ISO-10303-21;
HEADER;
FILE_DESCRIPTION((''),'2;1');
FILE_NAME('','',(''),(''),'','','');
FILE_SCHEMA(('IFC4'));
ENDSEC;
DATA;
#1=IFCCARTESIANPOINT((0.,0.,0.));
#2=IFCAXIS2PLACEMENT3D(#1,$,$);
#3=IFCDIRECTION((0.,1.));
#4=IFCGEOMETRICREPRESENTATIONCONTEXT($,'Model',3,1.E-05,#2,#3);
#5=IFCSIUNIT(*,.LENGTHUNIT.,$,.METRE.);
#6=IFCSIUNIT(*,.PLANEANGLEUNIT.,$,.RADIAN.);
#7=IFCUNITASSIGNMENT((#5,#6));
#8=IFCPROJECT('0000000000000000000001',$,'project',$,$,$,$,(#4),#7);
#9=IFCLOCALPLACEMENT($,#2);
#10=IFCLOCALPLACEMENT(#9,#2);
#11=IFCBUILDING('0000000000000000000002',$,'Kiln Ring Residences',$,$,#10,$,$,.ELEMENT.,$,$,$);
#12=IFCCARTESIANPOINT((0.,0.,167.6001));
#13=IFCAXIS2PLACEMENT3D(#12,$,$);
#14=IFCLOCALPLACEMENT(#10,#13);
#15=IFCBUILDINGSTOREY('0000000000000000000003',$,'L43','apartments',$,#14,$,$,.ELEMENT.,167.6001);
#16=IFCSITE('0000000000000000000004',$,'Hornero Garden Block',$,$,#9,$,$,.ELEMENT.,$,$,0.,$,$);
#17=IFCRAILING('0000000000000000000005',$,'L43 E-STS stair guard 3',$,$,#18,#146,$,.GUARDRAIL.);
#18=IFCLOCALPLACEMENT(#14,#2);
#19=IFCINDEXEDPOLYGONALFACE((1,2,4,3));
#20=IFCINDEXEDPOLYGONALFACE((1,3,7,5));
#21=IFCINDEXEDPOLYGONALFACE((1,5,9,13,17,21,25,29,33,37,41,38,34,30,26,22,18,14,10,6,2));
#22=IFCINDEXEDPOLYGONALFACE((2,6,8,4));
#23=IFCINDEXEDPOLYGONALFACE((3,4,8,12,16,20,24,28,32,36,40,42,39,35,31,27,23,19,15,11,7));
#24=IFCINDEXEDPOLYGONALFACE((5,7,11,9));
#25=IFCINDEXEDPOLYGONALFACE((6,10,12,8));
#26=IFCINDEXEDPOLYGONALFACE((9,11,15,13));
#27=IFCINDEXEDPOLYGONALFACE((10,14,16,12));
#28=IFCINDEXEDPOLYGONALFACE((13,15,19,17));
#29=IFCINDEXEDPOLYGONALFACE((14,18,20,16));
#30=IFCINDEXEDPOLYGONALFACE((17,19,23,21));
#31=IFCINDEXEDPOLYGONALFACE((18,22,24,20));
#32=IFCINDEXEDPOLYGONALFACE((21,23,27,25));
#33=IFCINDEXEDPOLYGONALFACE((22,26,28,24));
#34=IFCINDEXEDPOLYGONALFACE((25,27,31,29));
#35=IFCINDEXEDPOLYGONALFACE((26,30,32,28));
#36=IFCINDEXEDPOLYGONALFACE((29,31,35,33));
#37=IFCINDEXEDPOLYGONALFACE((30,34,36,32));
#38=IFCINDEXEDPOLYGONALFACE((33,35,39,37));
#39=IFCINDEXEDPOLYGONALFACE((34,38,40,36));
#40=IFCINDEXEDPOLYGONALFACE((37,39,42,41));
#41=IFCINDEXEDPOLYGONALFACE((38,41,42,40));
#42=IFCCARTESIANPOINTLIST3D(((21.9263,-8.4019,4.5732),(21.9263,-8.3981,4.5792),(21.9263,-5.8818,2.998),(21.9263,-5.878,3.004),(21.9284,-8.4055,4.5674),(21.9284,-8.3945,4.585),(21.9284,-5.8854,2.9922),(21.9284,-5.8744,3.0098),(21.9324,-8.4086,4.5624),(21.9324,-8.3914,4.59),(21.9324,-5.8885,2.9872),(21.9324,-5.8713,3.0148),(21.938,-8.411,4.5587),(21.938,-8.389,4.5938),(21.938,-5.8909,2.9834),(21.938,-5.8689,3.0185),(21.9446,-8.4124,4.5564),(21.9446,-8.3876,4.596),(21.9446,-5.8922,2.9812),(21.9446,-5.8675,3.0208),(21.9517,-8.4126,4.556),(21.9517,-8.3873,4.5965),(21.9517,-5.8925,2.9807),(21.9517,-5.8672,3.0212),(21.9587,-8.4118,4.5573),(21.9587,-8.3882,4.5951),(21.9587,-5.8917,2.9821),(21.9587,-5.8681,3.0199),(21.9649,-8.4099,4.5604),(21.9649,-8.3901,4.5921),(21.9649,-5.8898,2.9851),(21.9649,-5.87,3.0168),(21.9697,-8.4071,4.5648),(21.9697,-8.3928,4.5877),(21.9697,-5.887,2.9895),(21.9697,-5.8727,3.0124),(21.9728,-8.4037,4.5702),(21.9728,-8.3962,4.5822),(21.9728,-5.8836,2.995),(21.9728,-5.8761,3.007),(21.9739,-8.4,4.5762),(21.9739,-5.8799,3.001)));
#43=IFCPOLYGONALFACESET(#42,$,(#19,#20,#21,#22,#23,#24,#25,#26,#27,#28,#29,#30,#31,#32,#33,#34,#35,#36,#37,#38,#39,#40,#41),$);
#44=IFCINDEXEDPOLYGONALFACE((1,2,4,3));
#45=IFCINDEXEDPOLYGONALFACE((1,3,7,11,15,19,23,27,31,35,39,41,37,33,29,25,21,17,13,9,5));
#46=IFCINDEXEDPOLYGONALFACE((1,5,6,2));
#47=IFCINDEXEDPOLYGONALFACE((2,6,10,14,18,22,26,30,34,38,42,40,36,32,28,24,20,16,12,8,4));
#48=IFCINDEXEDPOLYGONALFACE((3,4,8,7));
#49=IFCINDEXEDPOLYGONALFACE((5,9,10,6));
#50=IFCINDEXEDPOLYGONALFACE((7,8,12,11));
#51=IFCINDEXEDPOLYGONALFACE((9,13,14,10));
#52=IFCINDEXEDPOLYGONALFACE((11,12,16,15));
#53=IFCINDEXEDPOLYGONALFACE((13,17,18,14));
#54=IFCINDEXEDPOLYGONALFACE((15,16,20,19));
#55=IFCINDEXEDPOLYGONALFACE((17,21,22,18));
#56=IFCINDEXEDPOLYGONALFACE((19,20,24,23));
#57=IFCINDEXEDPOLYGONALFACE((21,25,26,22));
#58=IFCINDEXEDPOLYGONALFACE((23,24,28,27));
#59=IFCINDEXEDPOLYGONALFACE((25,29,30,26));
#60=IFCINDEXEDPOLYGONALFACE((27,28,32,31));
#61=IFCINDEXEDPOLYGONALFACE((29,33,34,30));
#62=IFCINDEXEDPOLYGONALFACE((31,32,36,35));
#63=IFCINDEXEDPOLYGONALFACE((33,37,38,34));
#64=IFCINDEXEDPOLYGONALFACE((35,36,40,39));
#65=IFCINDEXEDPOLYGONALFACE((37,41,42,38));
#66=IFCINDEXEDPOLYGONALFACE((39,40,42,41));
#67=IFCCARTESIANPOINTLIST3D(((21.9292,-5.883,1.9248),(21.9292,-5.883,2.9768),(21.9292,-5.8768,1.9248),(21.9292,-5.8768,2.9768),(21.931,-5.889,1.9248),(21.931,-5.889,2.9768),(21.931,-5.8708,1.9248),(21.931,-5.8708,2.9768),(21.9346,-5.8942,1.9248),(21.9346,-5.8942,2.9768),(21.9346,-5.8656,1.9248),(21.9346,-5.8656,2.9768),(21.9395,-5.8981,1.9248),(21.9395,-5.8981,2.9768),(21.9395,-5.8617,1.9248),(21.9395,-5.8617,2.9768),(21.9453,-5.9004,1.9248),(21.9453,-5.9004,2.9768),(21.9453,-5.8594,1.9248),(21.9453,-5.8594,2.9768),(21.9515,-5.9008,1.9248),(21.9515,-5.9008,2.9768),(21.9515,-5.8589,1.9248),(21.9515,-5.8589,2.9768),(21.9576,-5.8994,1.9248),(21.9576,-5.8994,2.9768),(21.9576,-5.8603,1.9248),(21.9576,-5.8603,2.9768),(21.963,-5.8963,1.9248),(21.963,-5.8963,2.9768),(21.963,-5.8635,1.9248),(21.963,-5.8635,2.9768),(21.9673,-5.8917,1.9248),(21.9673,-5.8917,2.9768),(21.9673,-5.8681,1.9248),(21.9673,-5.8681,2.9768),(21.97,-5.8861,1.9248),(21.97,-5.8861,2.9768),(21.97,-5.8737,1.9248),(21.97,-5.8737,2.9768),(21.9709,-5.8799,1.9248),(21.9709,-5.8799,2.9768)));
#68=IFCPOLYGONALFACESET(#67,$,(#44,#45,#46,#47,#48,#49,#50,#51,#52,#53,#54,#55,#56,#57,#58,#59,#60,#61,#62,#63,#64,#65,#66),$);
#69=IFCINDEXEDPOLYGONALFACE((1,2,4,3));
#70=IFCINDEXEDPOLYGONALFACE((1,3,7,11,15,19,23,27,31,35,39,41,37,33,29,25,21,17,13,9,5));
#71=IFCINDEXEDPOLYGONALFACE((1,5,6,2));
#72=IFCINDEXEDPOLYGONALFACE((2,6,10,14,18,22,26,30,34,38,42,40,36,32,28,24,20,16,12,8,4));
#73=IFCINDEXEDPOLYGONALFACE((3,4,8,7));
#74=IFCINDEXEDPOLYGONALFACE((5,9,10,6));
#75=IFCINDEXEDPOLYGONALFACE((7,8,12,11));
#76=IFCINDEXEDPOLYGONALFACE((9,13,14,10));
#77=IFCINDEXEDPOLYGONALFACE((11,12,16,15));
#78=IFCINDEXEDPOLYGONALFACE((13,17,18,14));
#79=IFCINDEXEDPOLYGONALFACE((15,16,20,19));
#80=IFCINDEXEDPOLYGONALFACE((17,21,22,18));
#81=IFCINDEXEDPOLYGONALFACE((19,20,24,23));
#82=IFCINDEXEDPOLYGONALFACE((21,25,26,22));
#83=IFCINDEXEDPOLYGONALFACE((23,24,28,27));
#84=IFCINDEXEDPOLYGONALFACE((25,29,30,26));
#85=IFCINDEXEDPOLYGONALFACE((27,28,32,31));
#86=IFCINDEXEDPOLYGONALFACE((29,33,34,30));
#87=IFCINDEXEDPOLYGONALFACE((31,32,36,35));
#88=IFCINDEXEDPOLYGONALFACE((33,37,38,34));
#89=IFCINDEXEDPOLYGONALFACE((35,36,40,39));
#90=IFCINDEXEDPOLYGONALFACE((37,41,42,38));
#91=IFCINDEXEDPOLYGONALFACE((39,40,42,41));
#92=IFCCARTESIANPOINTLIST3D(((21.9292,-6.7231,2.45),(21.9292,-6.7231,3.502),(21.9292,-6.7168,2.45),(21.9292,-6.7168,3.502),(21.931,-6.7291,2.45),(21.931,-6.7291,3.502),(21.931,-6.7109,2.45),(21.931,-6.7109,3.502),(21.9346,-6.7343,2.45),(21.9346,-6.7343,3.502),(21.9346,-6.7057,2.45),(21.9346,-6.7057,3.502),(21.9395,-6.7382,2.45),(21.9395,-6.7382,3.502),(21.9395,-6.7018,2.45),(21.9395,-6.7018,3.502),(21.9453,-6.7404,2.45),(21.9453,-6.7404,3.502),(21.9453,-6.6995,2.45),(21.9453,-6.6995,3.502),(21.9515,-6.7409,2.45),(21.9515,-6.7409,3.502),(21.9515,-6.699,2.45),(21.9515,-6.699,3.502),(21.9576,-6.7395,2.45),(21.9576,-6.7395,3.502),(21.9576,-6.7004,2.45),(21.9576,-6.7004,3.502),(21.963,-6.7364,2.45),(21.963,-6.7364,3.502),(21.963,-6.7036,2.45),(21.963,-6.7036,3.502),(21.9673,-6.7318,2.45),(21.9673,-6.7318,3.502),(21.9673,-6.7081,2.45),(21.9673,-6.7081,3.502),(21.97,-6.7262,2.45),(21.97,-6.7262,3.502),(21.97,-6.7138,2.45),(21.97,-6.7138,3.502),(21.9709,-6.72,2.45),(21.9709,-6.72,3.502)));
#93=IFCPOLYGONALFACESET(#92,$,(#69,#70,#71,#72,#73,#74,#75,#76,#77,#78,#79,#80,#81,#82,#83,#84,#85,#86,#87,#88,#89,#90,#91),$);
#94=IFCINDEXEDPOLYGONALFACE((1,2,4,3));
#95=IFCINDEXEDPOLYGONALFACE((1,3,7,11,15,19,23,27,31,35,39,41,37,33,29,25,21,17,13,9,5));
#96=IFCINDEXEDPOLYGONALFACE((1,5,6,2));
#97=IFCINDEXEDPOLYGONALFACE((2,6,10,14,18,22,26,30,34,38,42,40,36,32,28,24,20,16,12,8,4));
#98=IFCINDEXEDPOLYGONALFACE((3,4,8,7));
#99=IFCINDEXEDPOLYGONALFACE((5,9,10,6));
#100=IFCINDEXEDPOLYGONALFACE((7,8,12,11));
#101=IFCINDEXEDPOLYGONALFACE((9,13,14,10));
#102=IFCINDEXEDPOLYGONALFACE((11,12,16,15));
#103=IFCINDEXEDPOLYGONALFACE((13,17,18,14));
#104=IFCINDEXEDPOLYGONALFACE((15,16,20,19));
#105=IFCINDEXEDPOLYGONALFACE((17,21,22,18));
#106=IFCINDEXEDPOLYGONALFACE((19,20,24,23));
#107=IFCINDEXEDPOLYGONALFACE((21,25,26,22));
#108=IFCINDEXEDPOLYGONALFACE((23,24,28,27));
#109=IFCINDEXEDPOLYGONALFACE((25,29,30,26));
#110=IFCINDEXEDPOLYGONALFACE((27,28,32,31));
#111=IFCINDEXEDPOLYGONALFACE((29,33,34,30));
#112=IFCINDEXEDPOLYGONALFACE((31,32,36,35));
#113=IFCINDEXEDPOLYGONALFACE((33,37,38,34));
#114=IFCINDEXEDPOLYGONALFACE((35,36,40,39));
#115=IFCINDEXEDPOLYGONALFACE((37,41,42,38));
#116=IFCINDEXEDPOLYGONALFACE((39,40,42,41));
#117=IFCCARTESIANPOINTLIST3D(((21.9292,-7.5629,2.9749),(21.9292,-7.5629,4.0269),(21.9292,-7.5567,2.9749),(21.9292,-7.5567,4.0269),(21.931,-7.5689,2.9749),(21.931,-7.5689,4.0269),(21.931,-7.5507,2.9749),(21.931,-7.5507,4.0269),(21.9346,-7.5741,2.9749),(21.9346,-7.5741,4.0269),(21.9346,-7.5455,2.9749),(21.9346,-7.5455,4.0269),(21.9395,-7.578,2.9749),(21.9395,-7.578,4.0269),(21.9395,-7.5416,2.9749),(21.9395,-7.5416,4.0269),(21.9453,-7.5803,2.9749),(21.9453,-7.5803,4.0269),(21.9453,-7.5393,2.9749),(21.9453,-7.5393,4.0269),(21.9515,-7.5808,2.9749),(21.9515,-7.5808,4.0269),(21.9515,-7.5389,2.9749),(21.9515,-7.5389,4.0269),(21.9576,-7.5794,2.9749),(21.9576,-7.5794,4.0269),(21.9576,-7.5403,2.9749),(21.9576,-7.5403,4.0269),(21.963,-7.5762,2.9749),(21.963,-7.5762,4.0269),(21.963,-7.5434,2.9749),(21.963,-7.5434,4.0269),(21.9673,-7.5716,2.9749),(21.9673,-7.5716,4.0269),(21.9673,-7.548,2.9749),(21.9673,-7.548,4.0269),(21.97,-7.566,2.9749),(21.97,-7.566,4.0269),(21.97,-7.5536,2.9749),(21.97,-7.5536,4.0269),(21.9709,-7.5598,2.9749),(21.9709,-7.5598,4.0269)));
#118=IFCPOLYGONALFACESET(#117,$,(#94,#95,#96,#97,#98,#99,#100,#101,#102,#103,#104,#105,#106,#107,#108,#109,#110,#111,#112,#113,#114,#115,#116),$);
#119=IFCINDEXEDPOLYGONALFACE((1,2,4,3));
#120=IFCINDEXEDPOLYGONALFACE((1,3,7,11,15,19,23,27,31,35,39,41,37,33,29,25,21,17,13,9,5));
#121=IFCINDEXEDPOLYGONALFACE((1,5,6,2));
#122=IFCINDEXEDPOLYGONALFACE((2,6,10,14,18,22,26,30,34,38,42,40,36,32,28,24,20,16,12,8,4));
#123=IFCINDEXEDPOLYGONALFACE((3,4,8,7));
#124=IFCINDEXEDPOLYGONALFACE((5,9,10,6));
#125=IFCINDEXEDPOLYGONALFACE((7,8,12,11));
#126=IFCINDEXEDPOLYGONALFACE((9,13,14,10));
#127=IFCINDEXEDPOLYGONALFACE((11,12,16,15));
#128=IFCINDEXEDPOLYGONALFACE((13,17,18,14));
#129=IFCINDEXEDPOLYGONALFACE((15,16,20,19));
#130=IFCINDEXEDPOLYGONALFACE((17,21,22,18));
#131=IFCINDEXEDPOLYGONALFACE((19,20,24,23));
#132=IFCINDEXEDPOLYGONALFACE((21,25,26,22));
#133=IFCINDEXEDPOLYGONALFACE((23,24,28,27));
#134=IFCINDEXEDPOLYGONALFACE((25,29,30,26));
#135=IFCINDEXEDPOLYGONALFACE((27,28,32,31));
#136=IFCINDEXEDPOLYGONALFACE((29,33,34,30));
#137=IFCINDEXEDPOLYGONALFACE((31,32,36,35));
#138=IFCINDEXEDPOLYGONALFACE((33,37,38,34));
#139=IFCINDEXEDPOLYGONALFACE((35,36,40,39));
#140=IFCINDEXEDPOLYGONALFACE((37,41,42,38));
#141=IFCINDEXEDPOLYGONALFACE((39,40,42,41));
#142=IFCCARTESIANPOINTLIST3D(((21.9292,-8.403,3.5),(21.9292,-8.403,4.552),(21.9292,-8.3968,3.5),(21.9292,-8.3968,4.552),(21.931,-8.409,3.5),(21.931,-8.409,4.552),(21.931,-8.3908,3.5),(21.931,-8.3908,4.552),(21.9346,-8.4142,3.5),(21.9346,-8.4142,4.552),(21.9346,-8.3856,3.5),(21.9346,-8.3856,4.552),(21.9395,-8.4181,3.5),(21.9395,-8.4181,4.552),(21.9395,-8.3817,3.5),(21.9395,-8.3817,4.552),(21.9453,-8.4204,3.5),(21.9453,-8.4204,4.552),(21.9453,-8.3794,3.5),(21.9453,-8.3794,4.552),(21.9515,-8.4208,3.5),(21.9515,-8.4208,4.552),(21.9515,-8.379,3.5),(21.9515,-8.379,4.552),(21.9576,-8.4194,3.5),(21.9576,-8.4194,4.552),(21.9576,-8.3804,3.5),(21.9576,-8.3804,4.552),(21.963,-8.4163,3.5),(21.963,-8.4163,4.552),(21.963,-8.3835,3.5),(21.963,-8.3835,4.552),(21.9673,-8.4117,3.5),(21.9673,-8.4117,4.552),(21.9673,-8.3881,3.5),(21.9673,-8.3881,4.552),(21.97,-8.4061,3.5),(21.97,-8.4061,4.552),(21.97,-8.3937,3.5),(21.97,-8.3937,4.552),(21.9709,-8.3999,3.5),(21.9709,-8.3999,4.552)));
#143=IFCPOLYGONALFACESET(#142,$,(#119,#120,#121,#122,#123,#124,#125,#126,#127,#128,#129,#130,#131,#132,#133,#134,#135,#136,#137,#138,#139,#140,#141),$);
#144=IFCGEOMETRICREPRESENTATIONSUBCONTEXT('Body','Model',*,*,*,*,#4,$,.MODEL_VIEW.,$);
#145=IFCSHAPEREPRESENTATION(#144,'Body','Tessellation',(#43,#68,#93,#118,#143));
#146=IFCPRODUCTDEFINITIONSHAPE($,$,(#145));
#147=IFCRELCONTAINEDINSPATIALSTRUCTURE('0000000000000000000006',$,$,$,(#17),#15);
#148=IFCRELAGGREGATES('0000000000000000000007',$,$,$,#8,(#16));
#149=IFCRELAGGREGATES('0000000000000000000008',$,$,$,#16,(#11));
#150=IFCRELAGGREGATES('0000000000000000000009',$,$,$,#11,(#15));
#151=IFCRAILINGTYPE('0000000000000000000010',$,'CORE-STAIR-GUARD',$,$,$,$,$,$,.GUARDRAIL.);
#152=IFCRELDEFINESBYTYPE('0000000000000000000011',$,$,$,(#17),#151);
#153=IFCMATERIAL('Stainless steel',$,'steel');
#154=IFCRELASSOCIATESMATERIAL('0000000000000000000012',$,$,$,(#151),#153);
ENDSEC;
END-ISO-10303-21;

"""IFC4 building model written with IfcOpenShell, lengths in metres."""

from ifc_helpers import new_model, si_unit, direction, frame, origin, origin_2d, place, context, subcontext, project, spatial, circle, extrude, material, type_object, element, save


model = new_model("IFC4")

# Units and contexts
model_context = context("Model", 3, precision=1e-05, world=origin(), true_north=direction((0.0, 1.0)))
body_context = subcontext(model_context, "Body", "Model", "MODEL_VIEW")
ifc_project = project(units=[si_unit("LENGTHUNIT", "METRE"), si_unit("PLANEANGLEUNIT", "RADIAN")], contexts=[model_context])

# Site, building, storey
site_placement = place(None, origin())
site = spatial("IfcSite", under=ifc_project, at=site_placement, Name="Hornero Garden Block", CompositionType="ELEMENT", RefElevation=0.0)
building_placement = place(site_placement, origin())
building = spatial("IfcBuilding", under=site, at=building_placement, Name="Kiln Ring Residences", CompositionType="ELEMENT")
storey_placement = place(building_placement, frame((0.0, 0.0, 167.6001)))
storey = spatial("IfcBuildingStorey", under=building, at=storey_placement, Name="L43", Description="apartments", CompositionType="ELEMENT", Elevation=167.6001)

# Railing
ifc_material_1 = material(Name="Stainless steel", Category="steel")
railing_type_1 = type_object("IfcRailingType", Name="CORE-STAIR-GUARD", PredefinedType="GUARDRAIL", material=ifc_material_1)
railing_1_placement = place(storey_placement, frame((21.95, -5.8799, 1.9248)))
element("IfcRailing", 1, at=railing_1_placement, inside=storey, type_object=railing_type_1, Name="L43 E-STS stair guard 3", PredefinedType="GUARDRAIL", context=body_context, shape_type="SweptSolid", body=[
    extrude(circle(Radius=0.0239, at=origin_2d()), frame((0.0, 0.0, 1.0762), z_axis=(0.0, -0.847971, 0.530043), x_axis=(1.0, 0.0, 0.0)), (0.0, 0.0, 1.0), 2.9719),
    extrude(circle(Radius=0.021, at=origin_2d()), origin(), (0.0, 0.0, 1.0), 1.052),
    extrude(circle(Radius=0.021, at=origin_2d()), frame((0.0, -0.8401, 0.5251)), (0.0, 0.0, 1.0), 1.052),
    extrude(circle(Radius=0.021, at=origin_2d()), frame((0.0, -1.6799, 1.05)), (0.0, 0.0, 1.0), 1.052),
    extrude(circle(Radius=0.021, at=origin_2d()), frame((0.0, -2.52, 1.5752)), (0.0, 0.0, 1.0), 1.052),
])

save(model, "model.ifc")
